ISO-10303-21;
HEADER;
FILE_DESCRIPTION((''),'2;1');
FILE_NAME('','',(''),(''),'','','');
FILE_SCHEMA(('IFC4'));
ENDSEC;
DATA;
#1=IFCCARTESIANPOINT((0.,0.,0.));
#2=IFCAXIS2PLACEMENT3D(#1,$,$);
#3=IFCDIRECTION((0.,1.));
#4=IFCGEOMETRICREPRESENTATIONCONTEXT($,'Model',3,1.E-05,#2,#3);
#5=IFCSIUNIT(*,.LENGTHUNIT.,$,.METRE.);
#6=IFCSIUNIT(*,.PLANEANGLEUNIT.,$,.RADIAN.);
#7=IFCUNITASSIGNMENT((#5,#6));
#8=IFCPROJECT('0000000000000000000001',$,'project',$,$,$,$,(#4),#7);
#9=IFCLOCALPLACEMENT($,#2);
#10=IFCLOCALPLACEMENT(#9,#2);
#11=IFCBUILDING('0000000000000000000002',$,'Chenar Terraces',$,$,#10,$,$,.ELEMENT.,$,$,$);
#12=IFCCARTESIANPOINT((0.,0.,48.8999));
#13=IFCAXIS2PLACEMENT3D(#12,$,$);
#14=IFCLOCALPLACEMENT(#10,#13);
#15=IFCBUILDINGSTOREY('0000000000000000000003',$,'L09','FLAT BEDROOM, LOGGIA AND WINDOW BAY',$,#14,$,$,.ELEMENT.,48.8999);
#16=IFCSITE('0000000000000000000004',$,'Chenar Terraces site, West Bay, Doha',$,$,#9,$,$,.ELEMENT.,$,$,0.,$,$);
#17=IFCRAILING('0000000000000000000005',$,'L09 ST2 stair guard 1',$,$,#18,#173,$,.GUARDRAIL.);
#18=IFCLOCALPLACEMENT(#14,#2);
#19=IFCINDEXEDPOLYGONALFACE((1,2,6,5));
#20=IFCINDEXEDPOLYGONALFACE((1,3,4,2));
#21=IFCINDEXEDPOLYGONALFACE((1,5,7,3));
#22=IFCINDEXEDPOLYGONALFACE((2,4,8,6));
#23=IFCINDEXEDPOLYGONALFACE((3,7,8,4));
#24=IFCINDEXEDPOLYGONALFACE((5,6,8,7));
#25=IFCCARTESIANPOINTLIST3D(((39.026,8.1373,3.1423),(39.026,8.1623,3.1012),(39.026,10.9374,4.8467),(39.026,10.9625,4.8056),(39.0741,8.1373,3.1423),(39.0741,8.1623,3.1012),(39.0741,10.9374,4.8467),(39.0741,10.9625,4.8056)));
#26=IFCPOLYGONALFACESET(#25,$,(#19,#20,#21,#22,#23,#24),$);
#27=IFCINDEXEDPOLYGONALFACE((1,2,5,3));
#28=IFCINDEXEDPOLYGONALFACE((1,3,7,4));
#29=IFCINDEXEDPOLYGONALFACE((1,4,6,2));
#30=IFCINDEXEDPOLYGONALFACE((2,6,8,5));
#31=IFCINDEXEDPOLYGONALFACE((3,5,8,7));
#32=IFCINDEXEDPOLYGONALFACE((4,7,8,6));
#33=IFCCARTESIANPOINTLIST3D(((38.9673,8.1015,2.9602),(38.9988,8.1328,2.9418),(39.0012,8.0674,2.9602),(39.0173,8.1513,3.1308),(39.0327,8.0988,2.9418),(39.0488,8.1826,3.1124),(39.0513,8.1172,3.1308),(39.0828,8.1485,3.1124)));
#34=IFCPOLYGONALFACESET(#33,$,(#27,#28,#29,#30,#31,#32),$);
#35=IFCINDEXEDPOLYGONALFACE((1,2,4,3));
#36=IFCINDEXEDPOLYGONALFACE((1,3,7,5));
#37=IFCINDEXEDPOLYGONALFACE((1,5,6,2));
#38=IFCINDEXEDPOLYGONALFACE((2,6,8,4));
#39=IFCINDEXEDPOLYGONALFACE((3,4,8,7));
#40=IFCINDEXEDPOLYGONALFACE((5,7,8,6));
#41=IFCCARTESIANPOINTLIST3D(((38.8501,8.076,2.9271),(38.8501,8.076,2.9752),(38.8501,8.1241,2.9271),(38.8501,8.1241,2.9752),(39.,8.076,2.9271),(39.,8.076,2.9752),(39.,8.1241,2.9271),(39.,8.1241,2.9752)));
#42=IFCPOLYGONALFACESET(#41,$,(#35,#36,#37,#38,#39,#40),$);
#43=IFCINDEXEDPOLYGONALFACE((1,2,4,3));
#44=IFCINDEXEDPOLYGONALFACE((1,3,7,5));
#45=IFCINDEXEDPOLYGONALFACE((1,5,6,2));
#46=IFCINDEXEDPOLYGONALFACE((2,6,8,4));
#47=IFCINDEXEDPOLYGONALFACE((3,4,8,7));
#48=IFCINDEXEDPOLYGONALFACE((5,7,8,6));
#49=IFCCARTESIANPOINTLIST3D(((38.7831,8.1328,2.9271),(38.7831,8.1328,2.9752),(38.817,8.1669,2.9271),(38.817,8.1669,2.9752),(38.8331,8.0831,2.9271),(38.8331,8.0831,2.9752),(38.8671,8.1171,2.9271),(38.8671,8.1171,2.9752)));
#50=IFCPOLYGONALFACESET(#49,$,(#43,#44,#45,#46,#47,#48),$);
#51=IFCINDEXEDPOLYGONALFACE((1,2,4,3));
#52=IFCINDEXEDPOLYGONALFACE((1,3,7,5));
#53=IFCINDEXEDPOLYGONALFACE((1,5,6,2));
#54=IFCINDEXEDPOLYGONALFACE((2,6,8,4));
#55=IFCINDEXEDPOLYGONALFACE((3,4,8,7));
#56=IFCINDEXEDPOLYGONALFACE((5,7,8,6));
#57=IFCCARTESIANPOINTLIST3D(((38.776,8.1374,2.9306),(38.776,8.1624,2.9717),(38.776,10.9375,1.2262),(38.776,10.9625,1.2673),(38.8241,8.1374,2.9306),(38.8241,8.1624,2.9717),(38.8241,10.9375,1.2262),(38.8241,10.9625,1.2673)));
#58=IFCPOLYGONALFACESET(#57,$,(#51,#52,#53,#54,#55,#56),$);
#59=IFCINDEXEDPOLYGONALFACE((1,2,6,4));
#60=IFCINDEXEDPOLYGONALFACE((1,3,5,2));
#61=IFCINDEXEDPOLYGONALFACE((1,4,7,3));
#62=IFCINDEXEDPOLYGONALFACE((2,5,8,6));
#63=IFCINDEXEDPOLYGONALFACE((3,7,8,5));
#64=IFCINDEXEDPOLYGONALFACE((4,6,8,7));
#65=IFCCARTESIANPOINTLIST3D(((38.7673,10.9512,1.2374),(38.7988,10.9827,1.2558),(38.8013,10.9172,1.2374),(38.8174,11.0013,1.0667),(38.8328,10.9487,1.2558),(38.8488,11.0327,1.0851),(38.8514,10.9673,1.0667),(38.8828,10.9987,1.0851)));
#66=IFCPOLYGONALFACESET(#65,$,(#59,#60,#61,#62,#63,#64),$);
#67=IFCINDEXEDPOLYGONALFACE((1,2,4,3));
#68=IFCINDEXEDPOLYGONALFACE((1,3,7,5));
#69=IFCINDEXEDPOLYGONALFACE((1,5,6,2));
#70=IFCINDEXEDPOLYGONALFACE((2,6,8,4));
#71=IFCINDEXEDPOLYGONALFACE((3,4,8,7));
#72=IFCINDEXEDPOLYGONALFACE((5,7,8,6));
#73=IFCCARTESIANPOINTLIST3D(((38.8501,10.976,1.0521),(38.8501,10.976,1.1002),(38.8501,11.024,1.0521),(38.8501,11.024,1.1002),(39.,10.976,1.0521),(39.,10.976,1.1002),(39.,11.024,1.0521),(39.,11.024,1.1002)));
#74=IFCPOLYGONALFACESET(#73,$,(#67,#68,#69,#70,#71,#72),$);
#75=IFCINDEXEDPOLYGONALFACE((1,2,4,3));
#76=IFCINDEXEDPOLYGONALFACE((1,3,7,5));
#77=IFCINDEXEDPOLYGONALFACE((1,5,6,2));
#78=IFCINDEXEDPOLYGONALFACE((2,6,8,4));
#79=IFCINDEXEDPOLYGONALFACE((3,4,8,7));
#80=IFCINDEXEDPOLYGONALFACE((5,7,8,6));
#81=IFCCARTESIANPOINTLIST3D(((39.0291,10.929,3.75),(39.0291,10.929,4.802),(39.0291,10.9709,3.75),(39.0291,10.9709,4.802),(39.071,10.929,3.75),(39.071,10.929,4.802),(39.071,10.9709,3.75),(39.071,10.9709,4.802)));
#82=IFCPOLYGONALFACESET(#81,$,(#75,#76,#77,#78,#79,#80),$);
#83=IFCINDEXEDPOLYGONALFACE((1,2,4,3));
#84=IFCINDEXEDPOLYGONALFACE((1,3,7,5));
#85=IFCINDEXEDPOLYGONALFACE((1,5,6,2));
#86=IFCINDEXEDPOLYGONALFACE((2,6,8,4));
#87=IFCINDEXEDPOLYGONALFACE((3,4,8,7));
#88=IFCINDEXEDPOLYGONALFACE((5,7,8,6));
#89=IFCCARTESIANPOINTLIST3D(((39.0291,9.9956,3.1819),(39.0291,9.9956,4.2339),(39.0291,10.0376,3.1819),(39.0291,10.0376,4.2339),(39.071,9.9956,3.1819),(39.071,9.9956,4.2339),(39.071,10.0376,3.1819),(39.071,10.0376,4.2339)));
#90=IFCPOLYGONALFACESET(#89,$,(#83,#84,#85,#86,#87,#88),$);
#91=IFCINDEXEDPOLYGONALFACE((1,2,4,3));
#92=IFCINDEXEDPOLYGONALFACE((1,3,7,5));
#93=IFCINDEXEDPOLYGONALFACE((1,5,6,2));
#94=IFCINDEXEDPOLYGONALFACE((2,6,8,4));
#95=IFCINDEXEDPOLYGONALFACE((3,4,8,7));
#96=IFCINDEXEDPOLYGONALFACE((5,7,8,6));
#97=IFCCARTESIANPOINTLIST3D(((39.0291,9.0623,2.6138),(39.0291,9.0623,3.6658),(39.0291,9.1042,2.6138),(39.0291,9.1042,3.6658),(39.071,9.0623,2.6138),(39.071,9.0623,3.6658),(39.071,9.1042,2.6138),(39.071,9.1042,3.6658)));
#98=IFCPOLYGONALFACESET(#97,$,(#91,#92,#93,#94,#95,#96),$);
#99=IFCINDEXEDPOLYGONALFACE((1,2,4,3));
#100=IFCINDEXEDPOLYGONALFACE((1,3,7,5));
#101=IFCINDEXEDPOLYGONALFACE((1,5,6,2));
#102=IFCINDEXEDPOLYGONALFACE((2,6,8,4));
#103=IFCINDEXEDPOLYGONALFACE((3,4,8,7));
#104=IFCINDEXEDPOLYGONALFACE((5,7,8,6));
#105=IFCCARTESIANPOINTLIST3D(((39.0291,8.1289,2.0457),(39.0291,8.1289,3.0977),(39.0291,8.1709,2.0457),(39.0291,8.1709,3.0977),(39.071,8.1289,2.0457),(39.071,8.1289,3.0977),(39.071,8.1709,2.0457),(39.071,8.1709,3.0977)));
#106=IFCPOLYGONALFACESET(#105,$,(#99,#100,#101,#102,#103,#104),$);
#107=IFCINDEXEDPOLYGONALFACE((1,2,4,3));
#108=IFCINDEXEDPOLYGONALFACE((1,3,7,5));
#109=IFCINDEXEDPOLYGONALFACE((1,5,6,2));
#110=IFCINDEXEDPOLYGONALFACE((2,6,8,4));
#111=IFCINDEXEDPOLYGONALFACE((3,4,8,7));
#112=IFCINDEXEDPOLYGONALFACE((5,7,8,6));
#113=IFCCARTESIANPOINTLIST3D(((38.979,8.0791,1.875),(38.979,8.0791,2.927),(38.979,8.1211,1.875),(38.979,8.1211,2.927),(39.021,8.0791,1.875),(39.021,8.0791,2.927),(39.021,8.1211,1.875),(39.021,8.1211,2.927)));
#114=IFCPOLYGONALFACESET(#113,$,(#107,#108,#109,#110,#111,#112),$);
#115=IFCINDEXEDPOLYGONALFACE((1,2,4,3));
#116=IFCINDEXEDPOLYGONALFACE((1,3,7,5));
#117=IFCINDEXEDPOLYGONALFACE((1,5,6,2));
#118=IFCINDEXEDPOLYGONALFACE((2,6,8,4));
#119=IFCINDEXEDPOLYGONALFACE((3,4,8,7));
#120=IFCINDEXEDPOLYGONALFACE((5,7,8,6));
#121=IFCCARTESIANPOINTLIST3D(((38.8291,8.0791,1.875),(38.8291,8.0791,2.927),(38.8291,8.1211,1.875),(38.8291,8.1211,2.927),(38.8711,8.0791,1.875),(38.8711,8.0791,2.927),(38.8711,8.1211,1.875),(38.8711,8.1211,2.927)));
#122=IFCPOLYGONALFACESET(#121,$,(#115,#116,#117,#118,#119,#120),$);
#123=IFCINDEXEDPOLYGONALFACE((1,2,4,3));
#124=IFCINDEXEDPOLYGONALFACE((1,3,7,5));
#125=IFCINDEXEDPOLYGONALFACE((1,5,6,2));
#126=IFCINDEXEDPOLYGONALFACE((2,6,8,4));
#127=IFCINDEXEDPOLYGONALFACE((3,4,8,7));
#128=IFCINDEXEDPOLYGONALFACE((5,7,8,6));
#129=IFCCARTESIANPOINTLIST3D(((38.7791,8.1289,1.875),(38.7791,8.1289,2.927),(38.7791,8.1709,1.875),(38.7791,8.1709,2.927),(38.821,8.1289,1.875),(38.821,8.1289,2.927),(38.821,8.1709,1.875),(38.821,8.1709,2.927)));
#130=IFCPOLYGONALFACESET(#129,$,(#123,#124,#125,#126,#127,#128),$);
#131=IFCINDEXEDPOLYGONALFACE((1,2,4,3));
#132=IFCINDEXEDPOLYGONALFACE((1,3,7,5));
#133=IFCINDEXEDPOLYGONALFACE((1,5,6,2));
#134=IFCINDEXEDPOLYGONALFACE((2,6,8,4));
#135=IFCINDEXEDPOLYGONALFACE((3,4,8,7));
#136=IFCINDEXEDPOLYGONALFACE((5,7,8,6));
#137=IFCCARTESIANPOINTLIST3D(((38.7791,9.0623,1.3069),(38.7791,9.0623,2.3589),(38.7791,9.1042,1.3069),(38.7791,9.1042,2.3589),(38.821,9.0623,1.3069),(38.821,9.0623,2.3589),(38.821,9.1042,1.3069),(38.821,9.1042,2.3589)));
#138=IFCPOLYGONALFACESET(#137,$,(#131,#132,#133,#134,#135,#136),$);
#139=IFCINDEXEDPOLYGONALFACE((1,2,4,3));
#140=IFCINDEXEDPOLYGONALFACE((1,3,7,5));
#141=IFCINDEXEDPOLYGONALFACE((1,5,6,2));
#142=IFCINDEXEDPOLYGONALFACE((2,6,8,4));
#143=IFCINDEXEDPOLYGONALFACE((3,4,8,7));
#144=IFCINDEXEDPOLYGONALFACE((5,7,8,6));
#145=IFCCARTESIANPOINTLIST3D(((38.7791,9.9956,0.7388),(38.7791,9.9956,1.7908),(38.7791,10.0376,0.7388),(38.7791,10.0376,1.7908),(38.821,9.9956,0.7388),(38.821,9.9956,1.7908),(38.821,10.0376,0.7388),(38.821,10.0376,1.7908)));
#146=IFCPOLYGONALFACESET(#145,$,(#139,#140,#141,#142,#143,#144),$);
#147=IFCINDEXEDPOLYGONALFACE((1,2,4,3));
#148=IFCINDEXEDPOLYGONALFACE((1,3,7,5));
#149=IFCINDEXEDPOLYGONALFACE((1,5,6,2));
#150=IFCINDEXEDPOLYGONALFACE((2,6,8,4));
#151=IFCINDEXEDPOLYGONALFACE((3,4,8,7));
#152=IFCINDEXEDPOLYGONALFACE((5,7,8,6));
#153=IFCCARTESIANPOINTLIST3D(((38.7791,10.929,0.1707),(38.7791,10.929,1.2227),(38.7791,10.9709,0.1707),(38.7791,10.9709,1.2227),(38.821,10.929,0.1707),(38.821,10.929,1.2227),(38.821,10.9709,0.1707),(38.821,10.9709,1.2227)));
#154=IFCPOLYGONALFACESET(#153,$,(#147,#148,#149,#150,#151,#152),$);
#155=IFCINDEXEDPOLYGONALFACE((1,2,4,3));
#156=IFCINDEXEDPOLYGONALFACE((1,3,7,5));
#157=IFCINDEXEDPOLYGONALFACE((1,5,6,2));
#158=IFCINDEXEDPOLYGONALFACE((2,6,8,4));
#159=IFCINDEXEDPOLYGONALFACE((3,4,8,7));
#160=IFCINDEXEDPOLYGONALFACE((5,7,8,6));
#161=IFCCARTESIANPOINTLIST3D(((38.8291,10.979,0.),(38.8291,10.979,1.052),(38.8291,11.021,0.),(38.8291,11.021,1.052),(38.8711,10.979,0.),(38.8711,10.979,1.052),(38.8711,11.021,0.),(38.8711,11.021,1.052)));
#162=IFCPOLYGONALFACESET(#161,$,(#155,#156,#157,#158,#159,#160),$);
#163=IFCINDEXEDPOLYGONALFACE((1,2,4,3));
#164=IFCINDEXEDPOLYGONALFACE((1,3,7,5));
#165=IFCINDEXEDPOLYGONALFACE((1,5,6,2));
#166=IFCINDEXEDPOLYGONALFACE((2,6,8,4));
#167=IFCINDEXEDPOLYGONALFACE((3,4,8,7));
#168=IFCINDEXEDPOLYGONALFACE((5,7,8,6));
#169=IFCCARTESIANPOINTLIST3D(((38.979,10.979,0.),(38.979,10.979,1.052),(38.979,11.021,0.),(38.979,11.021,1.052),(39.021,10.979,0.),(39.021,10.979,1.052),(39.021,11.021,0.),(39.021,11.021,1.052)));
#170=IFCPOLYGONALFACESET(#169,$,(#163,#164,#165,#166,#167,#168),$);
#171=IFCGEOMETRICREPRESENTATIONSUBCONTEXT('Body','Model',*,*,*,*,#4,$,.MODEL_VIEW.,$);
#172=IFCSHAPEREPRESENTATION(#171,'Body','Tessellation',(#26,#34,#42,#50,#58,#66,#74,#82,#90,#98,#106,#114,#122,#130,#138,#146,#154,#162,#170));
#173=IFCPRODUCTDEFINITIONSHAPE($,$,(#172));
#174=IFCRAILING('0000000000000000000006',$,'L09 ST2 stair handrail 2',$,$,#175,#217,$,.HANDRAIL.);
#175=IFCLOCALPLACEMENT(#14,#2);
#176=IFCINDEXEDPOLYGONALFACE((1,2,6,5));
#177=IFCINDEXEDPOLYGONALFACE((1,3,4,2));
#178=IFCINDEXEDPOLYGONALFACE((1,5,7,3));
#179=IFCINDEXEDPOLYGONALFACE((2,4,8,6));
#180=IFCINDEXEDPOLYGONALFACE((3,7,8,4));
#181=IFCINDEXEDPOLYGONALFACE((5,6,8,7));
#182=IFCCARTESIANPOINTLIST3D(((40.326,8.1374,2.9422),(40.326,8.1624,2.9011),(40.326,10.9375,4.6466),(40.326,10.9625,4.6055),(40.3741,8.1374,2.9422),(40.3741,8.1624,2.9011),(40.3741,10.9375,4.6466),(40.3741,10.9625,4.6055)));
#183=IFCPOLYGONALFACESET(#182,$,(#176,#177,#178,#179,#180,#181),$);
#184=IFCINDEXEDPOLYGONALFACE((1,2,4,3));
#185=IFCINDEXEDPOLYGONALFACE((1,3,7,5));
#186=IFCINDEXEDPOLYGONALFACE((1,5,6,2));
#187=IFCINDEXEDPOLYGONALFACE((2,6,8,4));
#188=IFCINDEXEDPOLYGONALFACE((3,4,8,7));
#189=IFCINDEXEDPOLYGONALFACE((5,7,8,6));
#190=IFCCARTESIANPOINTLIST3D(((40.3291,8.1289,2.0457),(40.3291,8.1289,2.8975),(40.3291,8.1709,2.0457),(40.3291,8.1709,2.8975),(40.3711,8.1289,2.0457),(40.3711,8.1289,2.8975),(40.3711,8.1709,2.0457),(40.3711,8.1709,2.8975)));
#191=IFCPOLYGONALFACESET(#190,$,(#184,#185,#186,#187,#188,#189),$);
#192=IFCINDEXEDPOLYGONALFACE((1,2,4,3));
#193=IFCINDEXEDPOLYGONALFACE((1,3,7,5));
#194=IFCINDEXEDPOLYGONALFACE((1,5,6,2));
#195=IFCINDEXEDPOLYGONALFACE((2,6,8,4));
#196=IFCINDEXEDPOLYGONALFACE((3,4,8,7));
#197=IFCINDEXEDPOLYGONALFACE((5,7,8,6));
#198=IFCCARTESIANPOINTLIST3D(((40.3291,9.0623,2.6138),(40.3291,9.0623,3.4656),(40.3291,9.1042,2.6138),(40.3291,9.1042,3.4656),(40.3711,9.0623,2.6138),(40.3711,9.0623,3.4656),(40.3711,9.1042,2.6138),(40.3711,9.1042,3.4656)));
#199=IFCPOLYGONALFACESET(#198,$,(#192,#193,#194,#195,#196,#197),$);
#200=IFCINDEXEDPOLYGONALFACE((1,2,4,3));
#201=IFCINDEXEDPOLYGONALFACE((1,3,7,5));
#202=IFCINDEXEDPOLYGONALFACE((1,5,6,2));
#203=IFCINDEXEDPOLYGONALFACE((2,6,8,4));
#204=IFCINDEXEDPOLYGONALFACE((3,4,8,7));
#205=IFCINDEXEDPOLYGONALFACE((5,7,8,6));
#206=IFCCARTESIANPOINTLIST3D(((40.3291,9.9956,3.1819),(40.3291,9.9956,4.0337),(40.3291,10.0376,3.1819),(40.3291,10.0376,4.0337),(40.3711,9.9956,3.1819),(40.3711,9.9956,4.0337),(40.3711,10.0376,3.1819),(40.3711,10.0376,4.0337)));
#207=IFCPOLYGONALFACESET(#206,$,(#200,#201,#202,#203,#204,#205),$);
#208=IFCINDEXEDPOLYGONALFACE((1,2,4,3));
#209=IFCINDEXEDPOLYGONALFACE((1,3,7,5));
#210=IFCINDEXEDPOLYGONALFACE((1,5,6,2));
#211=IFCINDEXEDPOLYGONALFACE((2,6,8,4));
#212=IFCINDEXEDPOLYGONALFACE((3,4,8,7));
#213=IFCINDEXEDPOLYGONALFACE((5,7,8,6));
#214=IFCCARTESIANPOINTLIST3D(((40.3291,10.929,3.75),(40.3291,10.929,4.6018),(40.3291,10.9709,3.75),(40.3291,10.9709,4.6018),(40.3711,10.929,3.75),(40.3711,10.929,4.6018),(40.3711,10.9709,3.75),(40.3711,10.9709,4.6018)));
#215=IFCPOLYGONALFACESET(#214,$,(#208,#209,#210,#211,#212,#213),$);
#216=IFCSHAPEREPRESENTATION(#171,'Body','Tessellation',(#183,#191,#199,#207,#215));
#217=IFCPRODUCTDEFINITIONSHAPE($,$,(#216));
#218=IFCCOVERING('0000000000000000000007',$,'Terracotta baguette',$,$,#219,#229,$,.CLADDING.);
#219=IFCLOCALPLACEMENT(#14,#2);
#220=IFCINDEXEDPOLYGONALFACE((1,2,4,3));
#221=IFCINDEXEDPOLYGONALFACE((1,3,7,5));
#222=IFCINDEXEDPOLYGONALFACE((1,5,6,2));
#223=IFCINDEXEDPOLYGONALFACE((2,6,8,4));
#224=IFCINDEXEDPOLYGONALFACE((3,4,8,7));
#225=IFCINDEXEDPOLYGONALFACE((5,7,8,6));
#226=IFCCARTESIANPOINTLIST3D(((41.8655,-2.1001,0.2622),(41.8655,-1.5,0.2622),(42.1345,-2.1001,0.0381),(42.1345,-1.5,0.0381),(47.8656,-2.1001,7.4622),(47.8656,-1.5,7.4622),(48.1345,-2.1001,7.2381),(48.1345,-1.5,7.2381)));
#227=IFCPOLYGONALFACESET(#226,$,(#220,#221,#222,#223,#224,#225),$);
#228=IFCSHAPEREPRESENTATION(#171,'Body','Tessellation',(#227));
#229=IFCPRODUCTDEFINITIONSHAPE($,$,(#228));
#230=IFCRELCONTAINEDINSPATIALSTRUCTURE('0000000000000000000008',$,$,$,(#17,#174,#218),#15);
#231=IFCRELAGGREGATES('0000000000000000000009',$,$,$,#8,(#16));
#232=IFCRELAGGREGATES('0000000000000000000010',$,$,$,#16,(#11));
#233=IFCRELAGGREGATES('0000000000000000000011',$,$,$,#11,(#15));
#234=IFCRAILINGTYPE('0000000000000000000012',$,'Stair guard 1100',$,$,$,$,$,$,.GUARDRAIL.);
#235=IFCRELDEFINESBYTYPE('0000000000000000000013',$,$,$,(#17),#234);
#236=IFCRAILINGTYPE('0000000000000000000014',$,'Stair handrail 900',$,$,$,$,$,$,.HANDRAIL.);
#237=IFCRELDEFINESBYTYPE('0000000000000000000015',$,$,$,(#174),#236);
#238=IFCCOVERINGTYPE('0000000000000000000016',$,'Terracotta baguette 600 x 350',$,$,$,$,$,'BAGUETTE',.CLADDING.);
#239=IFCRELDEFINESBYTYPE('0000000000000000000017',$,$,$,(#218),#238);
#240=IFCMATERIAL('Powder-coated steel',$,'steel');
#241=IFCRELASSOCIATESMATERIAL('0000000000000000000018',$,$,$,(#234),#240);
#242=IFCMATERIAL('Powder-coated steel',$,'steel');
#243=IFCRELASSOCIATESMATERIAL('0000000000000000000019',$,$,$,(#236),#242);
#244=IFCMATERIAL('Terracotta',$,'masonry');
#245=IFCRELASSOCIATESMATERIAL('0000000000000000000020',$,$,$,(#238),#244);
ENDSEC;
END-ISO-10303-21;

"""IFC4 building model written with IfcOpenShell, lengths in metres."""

from ifc_helpers import new_model, si_unit, direction, frame, origin, origin_2d, place, context, subcontext, project, spatial, rectangle, extrude, material, material_profile, profile_set, type_object, element, save


model = new_model("IFC4")

# Units and contexts
model_context = context("Model", 3, precision=1e-05, world=origin(), true_north=direction((0.0, 1.0)))
body_context = subcontext(model_context, "Body", "Model", "MODEL_VIEW")
ifc_project = project(units=[si_unit("LENGTHUNIT", "METRE"), si_unit("PLANEANGLEUNIT", "RADIAN")], contexts=[model_context])

# Site, building, storey
site_placement = place(None, origin())
site = spatial("IfcSite", under=ifc_project, at=site_placement, Name="Chenar Terraces site, West Bay, Doha", CompositionType="ELEMENT", RefElevation=0.0)
building_placement = place(site_placement, origin())
building = spatial("IfcBuilding", under=site, at=building_placement, Name="Chenar Terraces", CompositionType="ELEMENT")
storey_placement = place(building_placement, frame((0.0, 0.0, 48.8999)))
storey = spatial("IfcBuildingStorey", under=building, at=storey_placement, Name="L09", Description="FLAT BEDROOM, LOGGIA AND WINDOW BAY", CompositionType="ELEMENT", Elevation=48.8999)

# Railings
ifc_material_1 = material(Name="Powder-coated steel", Category="steel")
railing_type_1 = type_object("IfcRailingType", Name="Stair guard 1100", PredefinedType="GUARDRAIL", material=ifc_material_1)
railing_1_placement = place(storey_placement, frame((39.05, 10.95, 3.75)))
element("IfcRailing", 1, at=railing_1_placement, inside=storey, type_object=railing_type_1, Name="L09 ST2 stair guard 1", PredefinedType="GUARDRAIL", context=body_context, shape_type="SweptSolid", body=[
    extrude(rectangle(XDim=0.0481, YDim=0.0481, at=origin_2d()), frame((0.0, 0.0, 1.0762), z_axis=(0.0, -0.854203, -0.51994), x_axis=(1.0, 0.0, 0.0)), (0.0, 0.0, 1.0), 3.2781),
    extrude(rectangle(XDim=0.0481, YDim=0.0481, at=origin_2d()), frame((0.0, -2.8, -0.6284), z_axis=(-0.270997, -0.269675, -0.924033), x_axis=(0.705376, -0.708834, 0.0)), (0.0, 0.0, 1.0), 0.1846),
    extrude(rectangle(XDim=0.0481, YDim=0.0481, at=origin_2d()), frame((-0.05, -2.8499, -0.7988), z_axis=(-1.0, 0.0, 0.0), x_axis=(0.0, -1.0, 0.0)), (0.0, 0.0, 1.0), 0.1499),
    extrude(rectangle(XDim=0.0481, YDim=0.0481, at=origin_2d()), frame((-0.2, -2.8499, -0.7988), z_axis=(-0.708834, 0.705376, 0.0), x_axis=(-0.705376, -0.708834, 0.0)), (0.0, 0.0, 1.0), 0.0706),
    extrude(rectangle(XDim=0.0481, YDim=0.0481, at=origin_2d()), frame((-0.25, -2.8, -0.7988), z_axis=(0.0, 0.854203, -0.51994), x_axis=(-1.0, 0.0, 0.0)), (0.0, 0.0, 1.0), 3.2781),
    extrude(rectangle(XDim=0.0481, YDim=0.0481, at=origin_2d()), frame((-0.25, 0.0, -2.5034), z_axis=(0.2709, 0.2709, -0.923703), x_axis=(-0.707107, 0.707107, 0.0)), (0.0, 0.0, 1.0), 0.1848),
    extrude(rectangle(XDim=0.0481, YDim=0.0481, at=origin_2d()), frame((-0.2, 0.05, -2.6738), z_axis=(1.0, 0.0, 0.0), x_axis=(0.0, 1.0, 0.0)), (0.0, 0.0, 1.0), 0.1499),
    extrude(rectangle(XDim=0.042, YDim=0.042, at=origin_2d()), origin(), (0.0, 0.0, 1.0), 1.052),
    extrude(rectangle(XDim=0.042, YDim=0.042, at=origin_2d()), frame((0.0, -0.9333, -0.5681)), (0.0, 0.0, 1.0), 1.052),
    extrude(rectangle(XDim=0.042, YDim=0.042, at=origin_2d()), frame((0.0, -1.8667, -1.1362)), (0.0, 0.0, 1.0), 1.052),
    extrude(rectangle(XDim=0.042, YDim=0.042, at=origin_2d()), frame((0.0, -2.8, -1.7043)), (0.0, 0.0, 1.0), 1.052),
    extrude(rectangle(XDim=0.042, YDim=0.042, at=origin_2d()), frame((-0.05, -2.8499, -1.875)), (0.0, 0.0, 1.0), 1.052),
    extrude(rectangle(XDim=0.042, YDim=0.042, at=origin_2d()), frame((-0.2, -2.8499, -1.875)), (0.0, 0.0, 1.0), 1.052),
    extrude(rectangle(XDim=0.042, YDim=0.042, at=origin_2d()), frame((-0.25, -2.8, -1.875)), (0.0, 0.0, 1.0), 1.052),
    extrude(rectangle(XDim=0.042, YDim=0.042, at=origin_2d()), frame((-0.25, -1.8667, -2.4431)), (0.0, 0.0, 1.0), 1.052),
    extrude(rectangle(XDim=0.042, YDim=0.042, at=origin_2d()), frame((-0.25, -0.9333, -3.0112)), (0.0, 0.0, 1.0), 1.052),
    extrude(rectangle(XDim=0.042, YDim=0.042, at=origin_2d()), frame((-0.25, 0.0, -3.5793)), (0.0, 0.0, 1.0), 1.052),
    extrude(rectangle(XDim=0.042, YDim=0.042, at=origin_2d()), frame((-0.2, 0.05, -3.75)), (0.0, 0.0, 1.0), 1.052),
    extrude(rectangle(XDim=0.042, YDim=0.042, at=origin_2d()), frame((-0.05, 0.05, -3.75)), (0.0, 0.0, 1.0), 1.052),
])
ifc_material_2 = material(Name="Powder-coated steel", Category="steel")
railing_type_2 = type_object("IfcRailingType", Name="Stair handrail 900", PredefinedType="HANDRAIL", material=ifc_material_2)
railing_2_placement = place(storey_placement, frame((40.3501, 8.1499, 2.0457)))
element("IfcRailing", 2, at=railing_2_placement, inside=storey, type_object=railing_type_2, Name="L09 ST2 stair handrail 2", PredefinedType="HANDRAIL", context=body_context, shape_type="SweptSolid", body=[
    extrude(rectangle(XDim=0.0481, YDim=0.0481, at=origin_2d()), frame((0.0, 0.0, 0.876), z_axis=(0.0, 0.854203, 0.51994), x_axis=(-1.0, 0.0, 0.0)), (0.0, 0.0, 1.0), 3.2781),
    extrude(rectangle(XDim=0.042, YDim=0.042, at=origin_2d()), origin(), (0.0, 0.0, 1.0), 0.8518),
    extrude(rectangle(XDim=0.042, YDim=0.042, at=origin_2d()), frame((0.0, 0.9333, 0.5681)), (0.0, 0.0, 1.0), 0.8518),
    extrude(rectangle(XDim=0.042, YDim=0.042, at=origin_2d()), frame((0.0, 1.8667, 1.1362)), (0.0, 0.0, 1.0), 0.8518),
    extrude(rectangle(XDim=0.042, YDim=0.042, at=origin_2d()), frame((0.0, 2.8, 1.7043)), (0.0, 0.0, 1.0), 0.8518),
])

# Covering
ifc_material_3 = material(Name="Terracotta", Category="masonry")
ifc_material_profile_1 = material_profile(ifc_material_3, rectangle(XDim=0.6001, YDim=0.3501, at=origin_2d()), Name="Terracotta baguette 600 x 350")
ifc_profile_set_1 = profile_set([ifc_material_profile_1], Name="Terracotta")
covering_type = type_object("IfcCoveringType", Name="Terracotta baguette 600 x 350", ElementType="BAGUETTE", PredefinedType="CLADDING", material=ifc_profile_set_1)
for number, where, z_axis, x_axis, name in (
    (3, (42.0, -1.8, 0.1501), (0.640187, 0.0, 0.768219), (0.0, 1.0, 0.0), "Terracotta baguette"),
):
    element("IfcCovering", number, at=place(storey_placement, frame(where, z_axis=z_axis, x_axis=x_axis)), inside=storey, type_object=covering_type, Name=name, PredefinedType="CLADDING", context=body_context, shape_type="SweptSolid", body=[
        extrude(rectangle(XDim=0.6001, YDim=0.3501, at=origin_2d()), origin(), (0.0, 0.0, 1.0), 9.3723),
    ])

save(model, "model.ifc")
